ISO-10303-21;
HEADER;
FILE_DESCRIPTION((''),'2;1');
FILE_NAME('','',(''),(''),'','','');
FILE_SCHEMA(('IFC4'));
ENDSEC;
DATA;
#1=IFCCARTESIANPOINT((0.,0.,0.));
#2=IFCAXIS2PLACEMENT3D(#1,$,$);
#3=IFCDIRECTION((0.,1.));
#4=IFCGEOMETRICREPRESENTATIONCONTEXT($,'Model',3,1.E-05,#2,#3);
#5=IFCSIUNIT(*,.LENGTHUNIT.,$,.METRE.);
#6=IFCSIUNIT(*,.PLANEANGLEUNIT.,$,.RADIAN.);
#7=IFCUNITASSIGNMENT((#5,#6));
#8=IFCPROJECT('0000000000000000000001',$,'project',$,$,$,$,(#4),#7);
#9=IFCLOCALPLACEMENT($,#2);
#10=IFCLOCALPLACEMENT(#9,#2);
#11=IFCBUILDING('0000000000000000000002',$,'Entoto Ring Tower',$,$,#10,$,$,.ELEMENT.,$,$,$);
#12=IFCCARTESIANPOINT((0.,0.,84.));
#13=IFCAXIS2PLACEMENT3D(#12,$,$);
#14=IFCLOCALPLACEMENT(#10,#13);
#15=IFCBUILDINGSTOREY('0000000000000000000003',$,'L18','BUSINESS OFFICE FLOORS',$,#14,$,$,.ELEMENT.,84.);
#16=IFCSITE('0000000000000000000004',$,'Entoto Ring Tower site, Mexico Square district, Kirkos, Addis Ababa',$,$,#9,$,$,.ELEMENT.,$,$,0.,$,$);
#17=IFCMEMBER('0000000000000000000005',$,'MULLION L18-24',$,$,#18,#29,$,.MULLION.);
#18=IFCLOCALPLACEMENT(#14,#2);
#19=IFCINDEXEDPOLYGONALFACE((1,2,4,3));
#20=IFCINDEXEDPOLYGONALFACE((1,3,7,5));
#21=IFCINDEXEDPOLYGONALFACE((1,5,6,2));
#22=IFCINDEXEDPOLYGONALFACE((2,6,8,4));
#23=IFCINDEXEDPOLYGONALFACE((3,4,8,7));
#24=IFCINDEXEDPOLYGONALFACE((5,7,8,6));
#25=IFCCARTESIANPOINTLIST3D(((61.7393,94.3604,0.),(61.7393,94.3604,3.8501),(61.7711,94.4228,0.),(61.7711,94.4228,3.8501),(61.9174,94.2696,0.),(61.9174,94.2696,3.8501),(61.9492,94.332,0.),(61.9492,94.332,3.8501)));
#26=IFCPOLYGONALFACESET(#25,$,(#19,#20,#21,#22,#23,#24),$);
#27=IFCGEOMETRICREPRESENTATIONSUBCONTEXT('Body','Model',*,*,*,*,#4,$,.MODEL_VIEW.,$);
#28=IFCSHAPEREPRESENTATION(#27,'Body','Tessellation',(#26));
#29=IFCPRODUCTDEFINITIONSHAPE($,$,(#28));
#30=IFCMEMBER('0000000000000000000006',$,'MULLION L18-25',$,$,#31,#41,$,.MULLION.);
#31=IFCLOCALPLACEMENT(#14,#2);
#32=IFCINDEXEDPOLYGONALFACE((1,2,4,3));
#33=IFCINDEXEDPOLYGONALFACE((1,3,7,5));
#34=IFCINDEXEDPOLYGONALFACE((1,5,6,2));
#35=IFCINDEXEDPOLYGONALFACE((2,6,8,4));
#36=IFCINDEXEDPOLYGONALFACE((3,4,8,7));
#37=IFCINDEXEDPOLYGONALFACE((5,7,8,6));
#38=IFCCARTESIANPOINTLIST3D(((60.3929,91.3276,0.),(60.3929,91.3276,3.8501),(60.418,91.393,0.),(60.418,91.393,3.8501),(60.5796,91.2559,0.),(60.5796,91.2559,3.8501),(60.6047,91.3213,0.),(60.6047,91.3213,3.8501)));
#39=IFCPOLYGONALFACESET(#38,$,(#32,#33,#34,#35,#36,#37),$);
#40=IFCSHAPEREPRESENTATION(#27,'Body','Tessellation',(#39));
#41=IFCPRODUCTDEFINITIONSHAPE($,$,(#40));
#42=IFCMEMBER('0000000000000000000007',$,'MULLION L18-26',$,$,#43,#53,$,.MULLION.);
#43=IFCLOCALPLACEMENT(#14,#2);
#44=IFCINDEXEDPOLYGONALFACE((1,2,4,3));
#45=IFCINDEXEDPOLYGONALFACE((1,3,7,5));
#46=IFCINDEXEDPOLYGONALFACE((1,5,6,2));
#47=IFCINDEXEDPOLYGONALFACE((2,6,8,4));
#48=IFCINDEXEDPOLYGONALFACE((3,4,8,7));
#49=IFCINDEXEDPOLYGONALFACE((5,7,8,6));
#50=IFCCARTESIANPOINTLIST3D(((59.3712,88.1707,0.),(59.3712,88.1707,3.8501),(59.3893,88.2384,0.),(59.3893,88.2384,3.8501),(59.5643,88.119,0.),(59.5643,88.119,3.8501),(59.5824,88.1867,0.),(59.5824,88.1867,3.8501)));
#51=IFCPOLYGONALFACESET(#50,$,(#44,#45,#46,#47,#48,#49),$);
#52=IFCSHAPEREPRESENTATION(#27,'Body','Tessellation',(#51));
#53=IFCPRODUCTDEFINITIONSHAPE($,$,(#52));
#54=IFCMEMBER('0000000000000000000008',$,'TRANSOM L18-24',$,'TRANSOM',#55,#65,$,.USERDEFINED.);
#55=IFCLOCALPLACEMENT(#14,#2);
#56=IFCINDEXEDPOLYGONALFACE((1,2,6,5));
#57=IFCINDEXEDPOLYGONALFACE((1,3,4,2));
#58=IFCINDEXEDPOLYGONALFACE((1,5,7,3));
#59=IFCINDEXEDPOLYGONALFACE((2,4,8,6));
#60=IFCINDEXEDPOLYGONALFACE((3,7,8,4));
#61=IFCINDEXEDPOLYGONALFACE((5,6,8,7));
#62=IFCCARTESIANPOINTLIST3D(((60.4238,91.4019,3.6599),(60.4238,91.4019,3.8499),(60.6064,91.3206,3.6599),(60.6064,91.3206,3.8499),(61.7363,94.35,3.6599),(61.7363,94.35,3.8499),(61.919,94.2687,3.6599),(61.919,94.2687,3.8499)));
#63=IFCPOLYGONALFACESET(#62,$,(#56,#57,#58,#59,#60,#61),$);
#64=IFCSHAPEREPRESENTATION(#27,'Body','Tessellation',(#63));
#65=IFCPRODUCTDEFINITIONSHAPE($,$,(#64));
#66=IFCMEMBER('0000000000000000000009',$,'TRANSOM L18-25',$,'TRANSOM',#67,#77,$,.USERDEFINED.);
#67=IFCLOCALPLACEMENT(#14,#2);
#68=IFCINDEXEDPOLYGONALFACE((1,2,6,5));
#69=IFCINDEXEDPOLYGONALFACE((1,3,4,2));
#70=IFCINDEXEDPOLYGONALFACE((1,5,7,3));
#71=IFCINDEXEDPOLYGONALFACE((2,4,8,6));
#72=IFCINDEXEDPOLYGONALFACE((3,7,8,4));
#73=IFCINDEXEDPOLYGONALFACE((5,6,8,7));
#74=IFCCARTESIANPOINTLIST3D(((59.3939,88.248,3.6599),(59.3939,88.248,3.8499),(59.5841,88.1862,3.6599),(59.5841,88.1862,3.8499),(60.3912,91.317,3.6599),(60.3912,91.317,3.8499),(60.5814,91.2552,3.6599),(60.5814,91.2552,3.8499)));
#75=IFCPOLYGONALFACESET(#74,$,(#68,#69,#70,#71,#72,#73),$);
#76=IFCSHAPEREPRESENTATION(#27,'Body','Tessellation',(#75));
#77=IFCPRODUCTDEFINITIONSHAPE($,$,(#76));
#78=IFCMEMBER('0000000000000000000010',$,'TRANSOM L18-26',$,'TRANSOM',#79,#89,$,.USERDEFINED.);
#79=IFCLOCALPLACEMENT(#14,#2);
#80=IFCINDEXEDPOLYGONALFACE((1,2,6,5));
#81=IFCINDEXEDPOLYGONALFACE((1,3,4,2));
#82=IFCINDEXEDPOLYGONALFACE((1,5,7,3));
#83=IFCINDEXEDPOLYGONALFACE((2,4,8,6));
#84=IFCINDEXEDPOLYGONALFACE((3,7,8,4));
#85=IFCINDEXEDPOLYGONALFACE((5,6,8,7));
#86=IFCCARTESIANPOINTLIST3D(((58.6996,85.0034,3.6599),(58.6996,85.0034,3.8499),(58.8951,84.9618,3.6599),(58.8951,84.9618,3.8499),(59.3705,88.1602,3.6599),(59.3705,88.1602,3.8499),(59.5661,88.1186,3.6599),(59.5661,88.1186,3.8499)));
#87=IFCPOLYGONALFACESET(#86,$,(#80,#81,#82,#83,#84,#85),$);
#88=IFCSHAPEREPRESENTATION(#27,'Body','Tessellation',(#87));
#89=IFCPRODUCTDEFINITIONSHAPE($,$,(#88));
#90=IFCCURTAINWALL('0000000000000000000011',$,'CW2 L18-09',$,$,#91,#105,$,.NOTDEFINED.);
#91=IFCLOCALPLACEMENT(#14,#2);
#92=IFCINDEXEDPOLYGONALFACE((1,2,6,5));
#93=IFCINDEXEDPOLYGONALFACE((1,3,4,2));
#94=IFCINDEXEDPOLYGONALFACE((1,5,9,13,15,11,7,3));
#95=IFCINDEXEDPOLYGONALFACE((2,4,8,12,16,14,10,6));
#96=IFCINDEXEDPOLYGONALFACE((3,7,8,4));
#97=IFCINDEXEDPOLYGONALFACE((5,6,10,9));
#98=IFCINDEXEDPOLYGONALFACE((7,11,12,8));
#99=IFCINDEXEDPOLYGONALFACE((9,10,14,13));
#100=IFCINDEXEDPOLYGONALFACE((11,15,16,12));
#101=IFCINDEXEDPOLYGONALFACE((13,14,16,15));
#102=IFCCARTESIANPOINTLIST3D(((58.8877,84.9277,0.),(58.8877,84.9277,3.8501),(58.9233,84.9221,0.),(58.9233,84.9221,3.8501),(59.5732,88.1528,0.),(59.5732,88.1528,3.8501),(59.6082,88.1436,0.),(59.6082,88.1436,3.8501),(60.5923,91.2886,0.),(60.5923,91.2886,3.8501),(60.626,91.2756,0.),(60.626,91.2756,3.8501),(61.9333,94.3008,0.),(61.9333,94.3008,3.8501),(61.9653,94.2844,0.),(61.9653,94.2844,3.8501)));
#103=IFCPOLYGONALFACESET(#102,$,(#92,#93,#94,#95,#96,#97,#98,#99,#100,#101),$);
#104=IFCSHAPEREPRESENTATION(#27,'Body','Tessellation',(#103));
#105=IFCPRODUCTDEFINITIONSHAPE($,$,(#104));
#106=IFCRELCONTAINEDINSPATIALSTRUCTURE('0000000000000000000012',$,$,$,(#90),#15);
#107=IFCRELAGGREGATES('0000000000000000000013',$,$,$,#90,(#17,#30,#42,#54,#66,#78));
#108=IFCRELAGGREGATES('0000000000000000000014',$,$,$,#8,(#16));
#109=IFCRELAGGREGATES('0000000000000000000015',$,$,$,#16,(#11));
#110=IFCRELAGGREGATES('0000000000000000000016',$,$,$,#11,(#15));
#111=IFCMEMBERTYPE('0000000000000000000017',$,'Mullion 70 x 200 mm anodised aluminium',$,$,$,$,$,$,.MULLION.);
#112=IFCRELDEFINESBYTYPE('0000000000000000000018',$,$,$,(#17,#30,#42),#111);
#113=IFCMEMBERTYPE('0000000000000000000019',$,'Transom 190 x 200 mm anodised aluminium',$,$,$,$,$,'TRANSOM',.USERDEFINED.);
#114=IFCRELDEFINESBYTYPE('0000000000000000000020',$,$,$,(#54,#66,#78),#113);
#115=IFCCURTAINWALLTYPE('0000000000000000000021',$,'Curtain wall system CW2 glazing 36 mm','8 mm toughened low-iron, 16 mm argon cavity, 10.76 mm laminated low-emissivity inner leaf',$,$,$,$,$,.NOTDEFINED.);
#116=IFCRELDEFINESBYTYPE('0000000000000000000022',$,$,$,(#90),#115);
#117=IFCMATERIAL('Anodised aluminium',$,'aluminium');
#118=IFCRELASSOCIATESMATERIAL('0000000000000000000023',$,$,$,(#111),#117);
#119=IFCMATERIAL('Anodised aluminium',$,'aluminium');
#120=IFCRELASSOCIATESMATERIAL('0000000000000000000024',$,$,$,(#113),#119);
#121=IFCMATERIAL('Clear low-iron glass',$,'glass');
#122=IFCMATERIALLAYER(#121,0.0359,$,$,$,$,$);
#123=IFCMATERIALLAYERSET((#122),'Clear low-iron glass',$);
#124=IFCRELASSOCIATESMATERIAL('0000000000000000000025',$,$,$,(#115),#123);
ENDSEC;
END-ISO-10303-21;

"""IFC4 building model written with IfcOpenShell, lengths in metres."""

from ifc_helpers import new_model, si_unit, direction, frame, origin, origin_2d, place, context, subcontext, project, spatial, polyline, rectangle, outline, extrude, material, layer, layer_set, material_profile, profile_set, type_object, element, aggregate, save


model = new_model("IFC4")

# Units and contexts
model_context = context("Model", 3, precision=1e-05, world=origin(), true_north=direction((0.0, 1.0)))
body_context = subcontext(model_context, "Body", "Model", "MODEL_VIEW")
ifc_project = project(units=[si_unit("LENGTHUNIT", "METRE"), si_unit("PLANEANGLEUNIT", "RADIAN")], contexts=[model_context])

# Members
ifc_material_1 = material(Name="Anodised aluminium", Category="aluminium")
ifc_material_profile_1 = material_profile(ifc_material_1, rectangle(XDim=0.0701, YDim=0.2, at=origin_2d()), Name="Mullion 70 x 200 mm anodised aluminium")
ifc_profile_set_1 = profile_set([ifc_material_profile_1], Name="Anodised aluminium")
member_type_1 = type_object("IfcMemberType", Name="Mullion 70 x 200 mm anodised aluminium", PredefinedType="MULLION", material=ifc_profile_set_1)
site_placement = place(None, origin())
building_placement = place(site_placement, origin())
storey_placement = place(building_placement, frame((0.0, 0.0, 84.0)))
member_1_placement = place(storey_placement, frame((61.8442, 94.3462, 0.0), z_axis=(0.0, 0.0, 1.0), x_axis=(-0.45399, -0.891007, 0.0)))
member_1 = element("IfcMember", 1, at=member_1_placement, type_object=member_type_1, Name="MULLION L18-24", PredefinedType="MULLION", context=body_context, shape_type="SweptSolid", body=[
    extrude(rectangle(XDim=0.0701, YDim=0.2, at=origin_2d()), origin(), (0.0, 0.0, 1.0), 3.8501),
])
member_2_placement = place(storey_placement, frame((60.4988, 91.3245, 0.0), z_axis=(0.0, 0.0, 1.0), x_axis=(-0.358368, -0.93358, 0.0)))
member_2 = element("IfcMember", 2, at=member_2_placement, type_object=member_type_1, Name="MULLION L18-25", PredefinedType="MULLION", context=body_context, shape_type="SweptSolid", body=[
    extrude(rectangle(XDim=0.0701, YDim=0.2, at=origin_2d()), origin(), (0.0, 0.0, 1.0), 3.8501),
])
member_3_placement = place(storey_placement, frame((59.4768, 88.1787, 0.0), z_axis=(0.0, 0.0, 1.0), x_axis=(-0.258819, -0.965926, 0.0)))
member_3 = element("IfcMember", 3, at=member_3_placement, type_object=member_type_1, Name="MULLION L18-26", PredefinedType="MULLION", context=body_context, shape_type="SweptSolid", body=[
    extrude(rectangle(XDim=0.0701, YDim=0.2, at=origin_2d()), origin(), (0.0, 0.0, 1.0), 3.8501),
])
ifc_material_2 = material(Name="Anodised aluminium", Category="aluminium")
ifc_material_profile_2 = material_profile(ifc_material_2, rectangle(XDim=0.2, YDim=0.1899, at=origin_2d()), Name="Transom 190 x 200 mm anodised aluminium")
ifc_profile_set_2 = profile_set([ifc_material_profile_2], Name="Anodised aluminium")
member_type_2 = type_object("IfcMemberType", Name="Transom 190 x 200 mm anodised aluminium", ElementType="TRANSOM", PredefinedType="USERDEFINED", material=ifc_profile_set_2)
member_4_placement = place(storey_placement, frame((61.8276, 94.3093, 3.7549), z_axis=(-0.406728, -0.913549, 0.0), x_axis=(0.913549, -0.406728, 0.0)))
member_4 = element("IfcMember", 4, at=member_4_placement, type_object=member_type_2, Name="TRANSOM L18-24", ObjectType="TRANSOM", PredefinedType="USERDEFINED", context=body_context, shape_type="SweptSolid", body=[
    extrude(rectangle(XDim=0.2, YDim=0.1899, at=origin_2d()), origin(), (0.0, 0.0, 1.0), 3.2271),
])
member_5_placement = place(storey_placement, frame((60.4863, 91.2861, 3.7549), z_axis=(-0.309047, -0.951047, 0.0), x_axis=(0.951047, -0.309047, 0.0)))
member_5 = element("IfcMember", 5, at=member_5_placement, type_object=member_type_2, Name="TRANSOM L18-25", ObjectType="TRANSOM", PredefinedType="USERDEFINED", context=body_context, shape_type="SweptSolid", body=[
    extrude(rectangle(XDim=0.2, YDim=0.1899, at=origin_2d()), origin(), (0.0, 0.0, 1.0), 3.2271),
])
member_6_placement = place(storey_placement, frame((59.4683, 88.1394, 3.7549), z_axis=(-0.207886, -0.978153, 0.0), x_axis=(0.978153, -0.207886, 0.0)))
member_6 = element("IfcMember", 6, at=member_6_placement, type_object=member_type_2, Name="TRANSOM L18-26", ObjectType="TRANSOM", PredefinedType="USERDEFINED", context=body_context, shape_type="SweptSolid", body=[
    extrude(rectangle(XDim=0.2, YDim=0.1899, at=origin_2d()), origin(), (0.0, 0.0, 1.0), 3.2273),
])

# Site, building, storey
site = spatial("IfcSite", under=ifc_project, at=site_placement, Name="Entoto Ring Tower site, Mexico Square district, Kirkos, Addis Ababa", CompositionType="ELEMENT", RefElevation=0.0)
building = spatial("IfcBuilding", under=site, at=building_placement, Name="Entoto Ring Tower", CompositionType="ELEMENT")
storey = spatial("IfcBuildingStorey", under=building, at=storey_placement, Name="L18", Description="BUSINESS OFFICE FLOORS", CompositionType="ELEMENT", Elevation=84.0)

# Curtain wall
ifc_material_3 = material(Name="Clear low-iron glass", Category="glass")
ifc_layer = layer(ifc_material_3, 0.0359)
ifc_layer_set = layer_set([ifc_layer], Name="Clear low-iron glass")
curtain_wall_type = type_object("IfcCurtainWallType", Name="Curtain wall system CW2 glazing 36 mm", Description="8 mm toughened low-iron, 16 mm argon cavity, 10.76 mm laminated low-emissivity inner leaf", PredefinedType="NOTDEFINED", material=ifc_layer_set)
curtain_wall_1_placement = place(storey_placement, origin())
curtain_wall_1 = element("IfcCurtainWall", 7, at=curtain_wall_1_placement, inside=storey, type_object=curtain_wall_type, Name="CW2 L18-09", PredefinedType="NOTDEFINED", context=body_context, shape_type="SweptSolid", body=[
    extrude(outline(polyline([(61.9333, 94.3008), (60.5923, 91.2886), (59.5732, 88.1528), (58.8877, 84.9277), (58.9233, 84.9221), (59.6082, 88.1436), (60.626, 91.2756), (61.9653, 94.2844), (61.9333, 94.3008)])), origin(), (0.0, 0.0, 1.0), 3.8501),
])
aggregate(curtain_wall_1, [member_1, member_2, member_3, member_4, member_5, member_6])

save(model, "model.ifc")
